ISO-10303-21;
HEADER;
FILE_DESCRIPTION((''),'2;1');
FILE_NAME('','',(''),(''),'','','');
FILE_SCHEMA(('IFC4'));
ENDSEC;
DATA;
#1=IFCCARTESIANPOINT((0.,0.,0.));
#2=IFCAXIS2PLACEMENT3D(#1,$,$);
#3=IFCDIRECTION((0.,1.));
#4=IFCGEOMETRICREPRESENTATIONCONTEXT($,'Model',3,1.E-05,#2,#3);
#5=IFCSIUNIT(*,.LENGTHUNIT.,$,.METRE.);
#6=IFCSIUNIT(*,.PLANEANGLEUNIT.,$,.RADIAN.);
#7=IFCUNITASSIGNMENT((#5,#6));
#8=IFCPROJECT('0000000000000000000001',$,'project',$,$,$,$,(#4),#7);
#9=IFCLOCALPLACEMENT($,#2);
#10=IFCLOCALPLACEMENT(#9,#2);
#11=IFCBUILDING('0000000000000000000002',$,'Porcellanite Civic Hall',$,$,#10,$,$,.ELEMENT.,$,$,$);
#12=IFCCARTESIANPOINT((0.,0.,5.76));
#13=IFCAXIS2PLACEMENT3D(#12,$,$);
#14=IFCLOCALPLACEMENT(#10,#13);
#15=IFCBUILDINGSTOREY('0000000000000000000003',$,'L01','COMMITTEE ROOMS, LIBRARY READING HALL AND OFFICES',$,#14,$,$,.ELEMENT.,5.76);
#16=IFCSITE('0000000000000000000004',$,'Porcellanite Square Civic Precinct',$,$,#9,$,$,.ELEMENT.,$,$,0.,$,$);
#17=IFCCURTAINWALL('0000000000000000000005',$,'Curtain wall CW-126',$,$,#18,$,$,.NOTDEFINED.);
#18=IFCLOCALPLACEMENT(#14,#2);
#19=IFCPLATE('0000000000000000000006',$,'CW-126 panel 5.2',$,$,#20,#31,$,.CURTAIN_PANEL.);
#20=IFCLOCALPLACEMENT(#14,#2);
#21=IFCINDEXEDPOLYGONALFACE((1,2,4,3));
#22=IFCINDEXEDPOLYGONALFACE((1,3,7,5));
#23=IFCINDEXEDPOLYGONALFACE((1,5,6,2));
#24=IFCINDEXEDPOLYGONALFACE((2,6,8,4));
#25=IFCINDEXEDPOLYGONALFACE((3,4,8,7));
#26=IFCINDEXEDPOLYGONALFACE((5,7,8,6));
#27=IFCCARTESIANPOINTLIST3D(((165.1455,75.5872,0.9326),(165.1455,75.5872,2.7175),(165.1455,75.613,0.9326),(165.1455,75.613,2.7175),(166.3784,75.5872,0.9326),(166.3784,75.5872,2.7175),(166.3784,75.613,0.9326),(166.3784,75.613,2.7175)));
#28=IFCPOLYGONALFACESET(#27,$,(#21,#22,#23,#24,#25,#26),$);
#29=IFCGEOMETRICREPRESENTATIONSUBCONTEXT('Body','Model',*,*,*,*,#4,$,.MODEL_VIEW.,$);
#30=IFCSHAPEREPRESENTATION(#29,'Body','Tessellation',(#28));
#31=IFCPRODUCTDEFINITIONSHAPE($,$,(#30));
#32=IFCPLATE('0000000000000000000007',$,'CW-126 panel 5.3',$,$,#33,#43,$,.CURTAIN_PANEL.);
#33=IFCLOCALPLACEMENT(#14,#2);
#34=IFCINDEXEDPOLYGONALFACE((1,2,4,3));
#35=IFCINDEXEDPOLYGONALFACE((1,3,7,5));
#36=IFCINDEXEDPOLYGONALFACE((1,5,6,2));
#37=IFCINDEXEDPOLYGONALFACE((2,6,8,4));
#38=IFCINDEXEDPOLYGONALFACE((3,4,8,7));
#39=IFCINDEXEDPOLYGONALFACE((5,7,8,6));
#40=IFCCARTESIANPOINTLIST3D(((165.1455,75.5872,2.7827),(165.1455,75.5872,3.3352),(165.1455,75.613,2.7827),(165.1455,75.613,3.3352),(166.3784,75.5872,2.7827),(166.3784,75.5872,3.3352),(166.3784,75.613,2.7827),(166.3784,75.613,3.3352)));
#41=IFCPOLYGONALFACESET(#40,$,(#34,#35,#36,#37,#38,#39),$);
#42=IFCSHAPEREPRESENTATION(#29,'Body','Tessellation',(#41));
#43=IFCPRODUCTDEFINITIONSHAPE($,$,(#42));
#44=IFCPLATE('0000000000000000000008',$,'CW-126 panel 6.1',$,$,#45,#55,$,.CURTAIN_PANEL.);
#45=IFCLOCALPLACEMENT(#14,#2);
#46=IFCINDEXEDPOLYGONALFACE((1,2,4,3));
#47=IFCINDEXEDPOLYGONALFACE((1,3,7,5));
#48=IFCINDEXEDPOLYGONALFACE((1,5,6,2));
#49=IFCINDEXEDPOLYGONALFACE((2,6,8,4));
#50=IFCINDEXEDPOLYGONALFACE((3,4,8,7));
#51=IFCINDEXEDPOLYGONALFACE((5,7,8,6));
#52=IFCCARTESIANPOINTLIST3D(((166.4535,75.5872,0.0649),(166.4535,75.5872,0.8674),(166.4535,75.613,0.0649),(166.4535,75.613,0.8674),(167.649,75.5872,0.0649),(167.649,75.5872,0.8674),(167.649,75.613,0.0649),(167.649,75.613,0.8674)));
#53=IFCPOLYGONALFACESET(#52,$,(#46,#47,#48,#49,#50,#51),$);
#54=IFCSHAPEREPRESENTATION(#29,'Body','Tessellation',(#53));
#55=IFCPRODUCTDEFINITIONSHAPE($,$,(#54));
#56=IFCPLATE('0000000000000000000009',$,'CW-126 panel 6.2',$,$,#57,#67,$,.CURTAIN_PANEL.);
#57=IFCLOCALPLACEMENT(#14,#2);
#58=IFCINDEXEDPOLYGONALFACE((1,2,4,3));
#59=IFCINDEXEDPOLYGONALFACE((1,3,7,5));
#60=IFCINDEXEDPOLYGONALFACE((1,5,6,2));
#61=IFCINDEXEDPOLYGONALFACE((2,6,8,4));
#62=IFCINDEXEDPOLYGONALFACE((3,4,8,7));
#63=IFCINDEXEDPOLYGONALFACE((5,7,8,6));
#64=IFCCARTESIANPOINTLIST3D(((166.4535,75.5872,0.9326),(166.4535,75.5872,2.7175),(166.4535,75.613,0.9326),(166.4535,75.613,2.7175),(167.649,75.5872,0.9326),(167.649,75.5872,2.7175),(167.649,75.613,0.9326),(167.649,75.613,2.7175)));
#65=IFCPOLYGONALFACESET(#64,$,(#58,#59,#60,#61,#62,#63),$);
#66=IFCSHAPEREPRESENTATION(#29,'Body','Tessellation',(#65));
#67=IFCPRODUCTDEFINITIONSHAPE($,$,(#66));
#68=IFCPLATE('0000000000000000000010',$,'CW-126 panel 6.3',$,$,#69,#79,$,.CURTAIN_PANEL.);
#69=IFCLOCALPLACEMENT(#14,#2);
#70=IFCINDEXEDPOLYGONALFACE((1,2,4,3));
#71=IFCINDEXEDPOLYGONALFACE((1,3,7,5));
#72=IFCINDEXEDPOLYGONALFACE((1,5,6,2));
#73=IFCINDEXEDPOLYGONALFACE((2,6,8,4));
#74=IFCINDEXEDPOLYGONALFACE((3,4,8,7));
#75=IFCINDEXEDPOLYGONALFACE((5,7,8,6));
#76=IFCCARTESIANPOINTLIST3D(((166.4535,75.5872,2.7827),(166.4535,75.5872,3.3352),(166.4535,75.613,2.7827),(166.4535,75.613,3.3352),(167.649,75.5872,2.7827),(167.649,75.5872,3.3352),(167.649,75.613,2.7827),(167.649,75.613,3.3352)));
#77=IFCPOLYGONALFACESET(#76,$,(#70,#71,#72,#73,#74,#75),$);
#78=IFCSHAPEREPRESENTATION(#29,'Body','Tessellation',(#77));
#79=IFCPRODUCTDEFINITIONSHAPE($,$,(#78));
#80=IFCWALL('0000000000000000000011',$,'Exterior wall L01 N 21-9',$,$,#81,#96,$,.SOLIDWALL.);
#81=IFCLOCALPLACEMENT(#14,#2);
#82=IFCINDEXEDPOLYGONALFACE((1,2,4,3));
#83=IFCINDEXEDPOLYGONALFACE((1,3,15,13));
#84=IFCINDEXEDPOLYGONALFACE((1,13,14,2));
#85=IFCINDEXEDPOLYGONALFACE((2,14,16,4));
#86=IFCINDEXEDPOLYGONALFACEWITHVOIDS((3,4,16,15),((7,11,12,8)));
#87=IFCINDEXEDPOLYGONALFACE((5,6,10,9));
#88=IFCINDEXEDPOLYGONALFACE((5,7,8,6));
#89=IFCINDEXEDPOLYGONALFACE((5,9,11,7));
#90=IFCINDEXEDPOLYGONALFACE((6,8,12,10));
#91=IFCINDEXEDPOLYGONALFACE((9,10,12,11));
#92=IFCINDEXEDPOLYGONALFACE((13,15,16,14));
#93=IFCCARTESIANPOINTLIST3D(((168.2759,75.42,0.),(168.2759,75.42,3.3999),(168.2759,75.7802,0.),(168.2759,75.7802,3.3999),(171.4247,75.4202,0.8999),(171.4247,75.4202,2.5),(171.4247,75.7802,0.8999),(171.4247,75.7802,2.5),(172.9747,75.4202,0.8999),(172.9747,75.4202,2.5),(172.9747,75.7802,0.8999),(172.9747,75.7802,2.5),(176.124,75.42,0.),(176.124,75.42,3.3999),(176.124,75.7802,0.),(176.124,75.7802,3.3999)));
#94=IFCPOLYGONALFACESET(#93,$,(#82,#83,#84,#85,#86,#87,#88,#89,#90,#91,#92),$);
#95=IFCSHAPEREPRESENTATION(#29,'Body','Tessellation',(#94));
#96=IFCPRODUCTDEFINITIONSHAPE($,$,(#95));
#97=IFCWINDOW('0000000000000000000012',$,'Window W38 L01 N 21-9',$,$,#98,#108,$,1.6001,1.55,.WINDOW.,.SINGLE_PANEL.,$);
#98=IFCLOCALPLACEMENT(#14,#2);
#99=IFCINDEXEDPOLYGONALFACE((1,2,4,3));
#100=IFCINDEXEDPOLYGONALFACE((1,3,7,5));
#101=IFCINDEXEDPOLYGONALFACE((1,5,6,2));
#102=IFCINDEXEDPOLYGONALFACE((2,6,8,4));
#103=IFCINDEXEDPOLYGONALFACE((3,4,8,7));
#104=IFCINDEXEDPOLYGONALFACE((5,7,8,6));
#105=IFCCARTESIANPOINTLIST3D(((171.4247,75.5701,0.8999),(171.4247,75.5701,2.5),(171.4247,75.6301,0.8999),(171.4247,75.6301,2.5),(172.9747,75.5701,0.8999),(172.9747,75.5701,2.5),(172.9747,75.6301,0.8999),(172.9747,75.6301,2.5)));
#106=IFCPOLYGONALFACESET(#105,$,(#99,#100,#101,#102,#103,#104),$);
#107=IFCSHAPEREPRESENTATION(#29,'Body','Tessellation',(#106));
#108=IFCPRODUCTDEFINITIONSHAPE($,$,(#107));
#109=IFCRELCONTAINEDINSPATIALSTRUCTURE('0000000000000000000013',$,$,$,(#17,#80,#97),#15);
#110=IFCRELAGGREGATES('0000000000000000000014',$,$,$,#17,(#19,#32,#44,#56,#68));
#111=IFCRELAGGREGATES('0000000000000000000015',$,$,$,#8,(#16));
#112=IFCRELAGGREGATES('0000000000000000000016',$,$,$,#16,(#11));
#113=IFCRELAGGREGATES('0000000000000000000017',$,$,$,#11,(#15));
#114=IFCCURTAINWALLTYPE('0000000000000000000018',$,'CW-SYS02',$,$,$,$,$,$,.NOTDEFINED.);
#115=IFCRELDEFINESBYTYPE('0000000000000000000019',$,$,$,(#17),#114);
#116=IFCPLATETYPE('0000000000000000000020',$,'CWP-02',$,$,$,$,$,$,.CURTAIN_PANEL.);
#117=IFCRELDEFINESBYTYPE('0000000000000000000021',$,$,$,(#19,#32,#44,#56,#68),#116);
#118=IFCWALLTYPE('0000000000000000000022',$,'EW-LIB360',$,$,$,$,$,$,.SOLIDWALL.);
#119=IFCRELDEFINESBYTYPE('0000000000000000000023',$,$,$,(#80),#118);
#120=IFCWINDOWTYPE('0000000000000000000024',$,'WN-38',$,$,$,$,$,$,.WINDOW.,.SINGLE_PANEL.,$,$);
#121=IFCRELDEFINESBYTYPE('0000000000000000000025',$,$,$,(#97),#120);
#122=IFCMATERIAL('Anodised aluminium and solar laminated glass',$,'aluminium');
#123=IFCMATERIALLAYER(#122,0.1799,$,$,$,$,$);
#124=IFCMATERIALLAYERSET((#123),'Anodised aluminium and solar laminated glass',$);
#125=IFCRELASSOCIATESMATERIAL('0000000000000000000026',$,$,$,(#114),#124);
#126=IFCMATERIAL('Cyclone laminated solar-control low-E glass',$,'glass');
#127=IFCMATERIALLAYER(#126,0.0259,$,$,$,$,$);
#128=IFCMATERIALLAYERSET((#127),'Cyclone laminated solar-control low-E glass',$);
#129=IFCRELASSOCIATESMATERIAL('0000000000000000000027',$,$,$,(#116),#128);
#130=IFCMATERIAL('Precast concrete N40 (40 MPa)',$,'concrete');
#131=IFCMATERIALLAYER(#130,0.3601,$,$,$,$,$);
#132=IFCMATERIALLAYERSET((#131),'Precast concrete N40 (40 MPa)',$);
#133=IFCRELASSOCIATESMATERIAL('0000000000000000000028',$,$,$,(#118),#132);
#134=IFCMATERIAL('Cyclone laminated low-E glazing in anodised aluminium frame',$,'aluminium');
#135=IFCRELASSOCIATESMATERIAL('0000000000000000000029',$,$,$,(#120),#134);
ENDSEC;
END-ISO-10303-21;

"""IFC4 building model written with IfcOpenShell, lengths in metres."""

from ifc_helpers import new_model, si_unit, direction, frame, frame_2d, origin, origin_2d, place, context, subcontext, project, spatial, rectangle, extrude, material, layer, layer_set, type_object, element, fill, aggregate, save


model = new_model("IFC4")

# Units and contexts
model_context = context("Model", 3, precision=1e-05, world=origin(), true_north=direction((0.0, 1.0)))
body_context = subcontext(model_context, "Body", "Model", "MODEL_VIEW")
ifc_project = project(units=[si_unit("LENGTHUNIT", "METRE"), si_unit("PLANEANGLEUNIT", "RADIAN")], contexts=[model_context])

# Site, building, storey
site_placement = place(None, origin())
site = spatial("IfcSite", under=ifc_project, at=site_placement, Name="Porcellanite Square Civic Precinct", CompositionType="ELEMENT", RefElevation=0.0)
building_placement = place(site_placement, origin())
building = spatial("IfcBuilding", under=site, at=building_placement, Name="Porcellanite Civic Hall", CompositionType="ELEMENT")
storey_placement = place(building_placement, frame((0.0, 0.0, 5.76)))
storey = spatial("IfcBuildingStorey", under=building, at=storey_placement, Name="L01", Description="COMMITTEE ROOMS, LIBRARY READING HALL AND OFFICES", CompositionType="ELEMENT", Elevation=5.76)

# Curtain wall
ifc_material_1 = material(Name="Anodised aluminium and solar laminated glass", Category="aluminium")
ifc_layer_1 = layer(ifc_material_1, 0.1799)
ifc_layer_set_1 = layer_set([ifc_layer_1], Name="Anodised aluminium and solar laminated glass")
curtain_wall_type = type_object("IfcCurtainWallType", Name="CW-SYS02", PredefinedType="NOTDEFINED", material=ifc_layer_set_1)
curtain_wall_placement = place(storey_placement, origin())
curtain_wall = element("IfcCurtainWall", 1, at=curtain_wall_placement, inside=storey, type_object=curtain_wall_type, Name="Curtain wall CW-126", PredefinedType="NOTDEFINED")

# Plates
ifc_material_2 = material(Name="Cyclone laminated solar-control low-E glass", Category="glass")
ifc_layer_2 = layer(ifc_material_2, 0.0259)
ifc_layer_set_2 = layer_set([ifc_layer_2], Name="Cyclone laminated solar-control low-E glass")
plate_type = type_object("IfcPlateType", Name="CWP-02", PredefinedType="CURTAIN_PANEL", material=ifc_layer_set_2)
plate_1_placement = place(storey_placement, frame((165.762, 75.6001, 0.9326), z_axis=(0.0, 0.0, 1.0), x_axis=(1.0, 0.0, 0.0)))
plate_1 = element("IfcPlate", 2, at=plate_1_placement, type_object=plate_type, Name="CW-126 panel 5.2", PredefinedType="CURTAIN_PANEL", context=body_context, shape_type="SweptSolid", body=[
    extrude(rectangle(XDim=1.2329, YDim=0.0259, at=origin_2d()), origin(), (0.0, 0.0, 1.0), 1.7849),
])
plate_2_placement = place(storey_placement, frame((165.762, 75.6001, 2.7827), z_axis=(0.0, 0.0, 1.0), x_axis=(1.0, 0.0, 0.0)))
plate_2 = element("IfcPlate", 3, at=plate_2_placement, type_object=plate_type, Name="CW-126 panel 5.3", PredefinedType="CURTAIN_PANEL", context=body_context, shape_type="SweptSolid", body=[
    extrude(rectangle(XDim=1.2329, YDim=0.0259, at=origin_2d()), origin(), (0.0, 0.0, 1.0), 0.5525),
])
plate_3_placement = place(storey_placement, frame((167.0513, 75.6001, 0.0649), z_axis=(0.0, 0.0, 1.0), x_axis=(1.0, 0.0, 0.0)))
plate_3 = element("IfcPlate", 4, at=plate_3_placement, type_object=plate_type, Name="CW-126 panel 6.1", PredefinedType="CURTAIN_PANEL", context=body_context, shape_type="SweptSolid", body=[
    extrude(rectangle(XDim=1.1956, YDim=0.0259, at=origin_2d()), origin(), (0.0, 0.0, 1.0), 0.8025),
])
plate_4_placement = place(storey_placement, frame((167.0513, 75.6001, 0.9326), z_axis=(0.0, 0.0, 1.0), x_axis=(1.0, 0.0, 0.0)))
plate_4 = element("IfcPlate", 5, at=plate_4_placement, type_object=plate_type, Name="CW-126 panel 6.2", PredefinedType="CURTAIN_PANEL", context=body_context, shape_type="SweptSolid", body=[
    extrude(rectangle(XDim=1.1956, YDim=0.0259, at=origin_2d()), origin(), (0.0, 0.0, 1.0), 1.7849),
])
plate_5_placement = place(storey_placement, frame((167.0513, 75.6001, 2.7827), z_axis=(0.0, 0.0, 1.0), x_axis=(1.0, 0.0, 0.0)))
plate_5 = element("IfcPlate", 6, at=plate_5_placement, type_object=plate_type, Name="CW-126 panel 6.3", PredefinedType="CURTAIN_PANEL", context=body_context, shape_type="SweptSolid", body=[
    extrude(rectangle(XDim=1.1956, YDim=0.0259, at=origin_2d()), origin(), (0.0, 0.0, 1.0), 0.5525),
])
aggregate(curtain_wall, [plate_1, plate_2, plate_3, plate_4, plate_5])

# Wall, opening, window
ifc_material_3 = material(Name="Precast concrete N40 (40 MPa)", Category="concrete")
ifc_layer_3 = layer(ifc_material_3, 0.3601)
ifc_layer_set_3 = layer_set([ifc_layer_3], Name="Precast concrete N40 (40 MPa)")
wall_type = type_object("IfcWallType", Name="EW-LIB360", PredefinedType="SOLIDWALL", material=ifc_layer_set_3)
wall_placement = place(storey_placement, frame((168.2759, 75.6001, 0.0), z_axis=(0.0, 0.0, 1.0), x_axis=(1.0, 0.0, 0.0)))
wall = element("IfcWall", 7, at=wall_placement, inside=storey, type_object=wall_type, Name="Exterior wall L01 N 21-9", PredefinedType="SOLIDWALL", context=body_context, shape_type="SweptSolid", body=[
    extrude(rectangle(XDim=7.8481, YDim=0.3601, at=frame_2d((3.9241, 0.0))), origin(), (0.0, 0.0, 1.0), 3.3999),
])
opening_placement = place(wall_placement, frame((3.1489, 0.0, 0.8999)))
opening = element("IfcOpeningElement", 8, at=opening_placement, cuts=wall, PredefinedType="OPENING", context=body_context, shape_type="SweptSolid", body=[
    extrude(rectangle(XDim=1.55, YDim=1.6001, at=frame_2d((0.7749, 0.8))), frame((0.0, 0.1802, 0.0), z_axis=(0.0, -1.0, 0.0), x_axis=(1.0, 0.0, 0.0)), (0.0, 0.0, 1.0), 0.3601),
])
ifc_material_4 = material(Name="Cyclone laminated low-E glazing in anodised aluminium frame", Category="aluminium")
window_type = type_object("IfcWindowType", Name="WN-38", PartitioningType="SINGLE_PANEL", PredefinedType="WINDOW", material=ifc_material_4)
window_placement = place(opening_placement, origin())
window = element("IfcWindow", 9, at=window_placement, inside=storey, type_object=window_type, Name="Window W38 L01 N 21-9", OverallHeight=1.6001, OverallWidth=1.55, PartitioningType="SINGLE_PANEL", PredefinedType="WINDOW", context=body_context, shape_type="SweptSolid", body=[
    extrude(rectangle(XDim=1.55, YDim=1.6001, at=frame_2d((0.7749, 0.8))), frame((0.0, 0.03, 0.0), z_axis=(0.0, -1.0, 0.0), x_axis=(1.0, 0.0, 0.0)), (0.0, 0.0, 1.0), 0.0601),
])
fill(opening, window)

save(model, "model.ifc")
